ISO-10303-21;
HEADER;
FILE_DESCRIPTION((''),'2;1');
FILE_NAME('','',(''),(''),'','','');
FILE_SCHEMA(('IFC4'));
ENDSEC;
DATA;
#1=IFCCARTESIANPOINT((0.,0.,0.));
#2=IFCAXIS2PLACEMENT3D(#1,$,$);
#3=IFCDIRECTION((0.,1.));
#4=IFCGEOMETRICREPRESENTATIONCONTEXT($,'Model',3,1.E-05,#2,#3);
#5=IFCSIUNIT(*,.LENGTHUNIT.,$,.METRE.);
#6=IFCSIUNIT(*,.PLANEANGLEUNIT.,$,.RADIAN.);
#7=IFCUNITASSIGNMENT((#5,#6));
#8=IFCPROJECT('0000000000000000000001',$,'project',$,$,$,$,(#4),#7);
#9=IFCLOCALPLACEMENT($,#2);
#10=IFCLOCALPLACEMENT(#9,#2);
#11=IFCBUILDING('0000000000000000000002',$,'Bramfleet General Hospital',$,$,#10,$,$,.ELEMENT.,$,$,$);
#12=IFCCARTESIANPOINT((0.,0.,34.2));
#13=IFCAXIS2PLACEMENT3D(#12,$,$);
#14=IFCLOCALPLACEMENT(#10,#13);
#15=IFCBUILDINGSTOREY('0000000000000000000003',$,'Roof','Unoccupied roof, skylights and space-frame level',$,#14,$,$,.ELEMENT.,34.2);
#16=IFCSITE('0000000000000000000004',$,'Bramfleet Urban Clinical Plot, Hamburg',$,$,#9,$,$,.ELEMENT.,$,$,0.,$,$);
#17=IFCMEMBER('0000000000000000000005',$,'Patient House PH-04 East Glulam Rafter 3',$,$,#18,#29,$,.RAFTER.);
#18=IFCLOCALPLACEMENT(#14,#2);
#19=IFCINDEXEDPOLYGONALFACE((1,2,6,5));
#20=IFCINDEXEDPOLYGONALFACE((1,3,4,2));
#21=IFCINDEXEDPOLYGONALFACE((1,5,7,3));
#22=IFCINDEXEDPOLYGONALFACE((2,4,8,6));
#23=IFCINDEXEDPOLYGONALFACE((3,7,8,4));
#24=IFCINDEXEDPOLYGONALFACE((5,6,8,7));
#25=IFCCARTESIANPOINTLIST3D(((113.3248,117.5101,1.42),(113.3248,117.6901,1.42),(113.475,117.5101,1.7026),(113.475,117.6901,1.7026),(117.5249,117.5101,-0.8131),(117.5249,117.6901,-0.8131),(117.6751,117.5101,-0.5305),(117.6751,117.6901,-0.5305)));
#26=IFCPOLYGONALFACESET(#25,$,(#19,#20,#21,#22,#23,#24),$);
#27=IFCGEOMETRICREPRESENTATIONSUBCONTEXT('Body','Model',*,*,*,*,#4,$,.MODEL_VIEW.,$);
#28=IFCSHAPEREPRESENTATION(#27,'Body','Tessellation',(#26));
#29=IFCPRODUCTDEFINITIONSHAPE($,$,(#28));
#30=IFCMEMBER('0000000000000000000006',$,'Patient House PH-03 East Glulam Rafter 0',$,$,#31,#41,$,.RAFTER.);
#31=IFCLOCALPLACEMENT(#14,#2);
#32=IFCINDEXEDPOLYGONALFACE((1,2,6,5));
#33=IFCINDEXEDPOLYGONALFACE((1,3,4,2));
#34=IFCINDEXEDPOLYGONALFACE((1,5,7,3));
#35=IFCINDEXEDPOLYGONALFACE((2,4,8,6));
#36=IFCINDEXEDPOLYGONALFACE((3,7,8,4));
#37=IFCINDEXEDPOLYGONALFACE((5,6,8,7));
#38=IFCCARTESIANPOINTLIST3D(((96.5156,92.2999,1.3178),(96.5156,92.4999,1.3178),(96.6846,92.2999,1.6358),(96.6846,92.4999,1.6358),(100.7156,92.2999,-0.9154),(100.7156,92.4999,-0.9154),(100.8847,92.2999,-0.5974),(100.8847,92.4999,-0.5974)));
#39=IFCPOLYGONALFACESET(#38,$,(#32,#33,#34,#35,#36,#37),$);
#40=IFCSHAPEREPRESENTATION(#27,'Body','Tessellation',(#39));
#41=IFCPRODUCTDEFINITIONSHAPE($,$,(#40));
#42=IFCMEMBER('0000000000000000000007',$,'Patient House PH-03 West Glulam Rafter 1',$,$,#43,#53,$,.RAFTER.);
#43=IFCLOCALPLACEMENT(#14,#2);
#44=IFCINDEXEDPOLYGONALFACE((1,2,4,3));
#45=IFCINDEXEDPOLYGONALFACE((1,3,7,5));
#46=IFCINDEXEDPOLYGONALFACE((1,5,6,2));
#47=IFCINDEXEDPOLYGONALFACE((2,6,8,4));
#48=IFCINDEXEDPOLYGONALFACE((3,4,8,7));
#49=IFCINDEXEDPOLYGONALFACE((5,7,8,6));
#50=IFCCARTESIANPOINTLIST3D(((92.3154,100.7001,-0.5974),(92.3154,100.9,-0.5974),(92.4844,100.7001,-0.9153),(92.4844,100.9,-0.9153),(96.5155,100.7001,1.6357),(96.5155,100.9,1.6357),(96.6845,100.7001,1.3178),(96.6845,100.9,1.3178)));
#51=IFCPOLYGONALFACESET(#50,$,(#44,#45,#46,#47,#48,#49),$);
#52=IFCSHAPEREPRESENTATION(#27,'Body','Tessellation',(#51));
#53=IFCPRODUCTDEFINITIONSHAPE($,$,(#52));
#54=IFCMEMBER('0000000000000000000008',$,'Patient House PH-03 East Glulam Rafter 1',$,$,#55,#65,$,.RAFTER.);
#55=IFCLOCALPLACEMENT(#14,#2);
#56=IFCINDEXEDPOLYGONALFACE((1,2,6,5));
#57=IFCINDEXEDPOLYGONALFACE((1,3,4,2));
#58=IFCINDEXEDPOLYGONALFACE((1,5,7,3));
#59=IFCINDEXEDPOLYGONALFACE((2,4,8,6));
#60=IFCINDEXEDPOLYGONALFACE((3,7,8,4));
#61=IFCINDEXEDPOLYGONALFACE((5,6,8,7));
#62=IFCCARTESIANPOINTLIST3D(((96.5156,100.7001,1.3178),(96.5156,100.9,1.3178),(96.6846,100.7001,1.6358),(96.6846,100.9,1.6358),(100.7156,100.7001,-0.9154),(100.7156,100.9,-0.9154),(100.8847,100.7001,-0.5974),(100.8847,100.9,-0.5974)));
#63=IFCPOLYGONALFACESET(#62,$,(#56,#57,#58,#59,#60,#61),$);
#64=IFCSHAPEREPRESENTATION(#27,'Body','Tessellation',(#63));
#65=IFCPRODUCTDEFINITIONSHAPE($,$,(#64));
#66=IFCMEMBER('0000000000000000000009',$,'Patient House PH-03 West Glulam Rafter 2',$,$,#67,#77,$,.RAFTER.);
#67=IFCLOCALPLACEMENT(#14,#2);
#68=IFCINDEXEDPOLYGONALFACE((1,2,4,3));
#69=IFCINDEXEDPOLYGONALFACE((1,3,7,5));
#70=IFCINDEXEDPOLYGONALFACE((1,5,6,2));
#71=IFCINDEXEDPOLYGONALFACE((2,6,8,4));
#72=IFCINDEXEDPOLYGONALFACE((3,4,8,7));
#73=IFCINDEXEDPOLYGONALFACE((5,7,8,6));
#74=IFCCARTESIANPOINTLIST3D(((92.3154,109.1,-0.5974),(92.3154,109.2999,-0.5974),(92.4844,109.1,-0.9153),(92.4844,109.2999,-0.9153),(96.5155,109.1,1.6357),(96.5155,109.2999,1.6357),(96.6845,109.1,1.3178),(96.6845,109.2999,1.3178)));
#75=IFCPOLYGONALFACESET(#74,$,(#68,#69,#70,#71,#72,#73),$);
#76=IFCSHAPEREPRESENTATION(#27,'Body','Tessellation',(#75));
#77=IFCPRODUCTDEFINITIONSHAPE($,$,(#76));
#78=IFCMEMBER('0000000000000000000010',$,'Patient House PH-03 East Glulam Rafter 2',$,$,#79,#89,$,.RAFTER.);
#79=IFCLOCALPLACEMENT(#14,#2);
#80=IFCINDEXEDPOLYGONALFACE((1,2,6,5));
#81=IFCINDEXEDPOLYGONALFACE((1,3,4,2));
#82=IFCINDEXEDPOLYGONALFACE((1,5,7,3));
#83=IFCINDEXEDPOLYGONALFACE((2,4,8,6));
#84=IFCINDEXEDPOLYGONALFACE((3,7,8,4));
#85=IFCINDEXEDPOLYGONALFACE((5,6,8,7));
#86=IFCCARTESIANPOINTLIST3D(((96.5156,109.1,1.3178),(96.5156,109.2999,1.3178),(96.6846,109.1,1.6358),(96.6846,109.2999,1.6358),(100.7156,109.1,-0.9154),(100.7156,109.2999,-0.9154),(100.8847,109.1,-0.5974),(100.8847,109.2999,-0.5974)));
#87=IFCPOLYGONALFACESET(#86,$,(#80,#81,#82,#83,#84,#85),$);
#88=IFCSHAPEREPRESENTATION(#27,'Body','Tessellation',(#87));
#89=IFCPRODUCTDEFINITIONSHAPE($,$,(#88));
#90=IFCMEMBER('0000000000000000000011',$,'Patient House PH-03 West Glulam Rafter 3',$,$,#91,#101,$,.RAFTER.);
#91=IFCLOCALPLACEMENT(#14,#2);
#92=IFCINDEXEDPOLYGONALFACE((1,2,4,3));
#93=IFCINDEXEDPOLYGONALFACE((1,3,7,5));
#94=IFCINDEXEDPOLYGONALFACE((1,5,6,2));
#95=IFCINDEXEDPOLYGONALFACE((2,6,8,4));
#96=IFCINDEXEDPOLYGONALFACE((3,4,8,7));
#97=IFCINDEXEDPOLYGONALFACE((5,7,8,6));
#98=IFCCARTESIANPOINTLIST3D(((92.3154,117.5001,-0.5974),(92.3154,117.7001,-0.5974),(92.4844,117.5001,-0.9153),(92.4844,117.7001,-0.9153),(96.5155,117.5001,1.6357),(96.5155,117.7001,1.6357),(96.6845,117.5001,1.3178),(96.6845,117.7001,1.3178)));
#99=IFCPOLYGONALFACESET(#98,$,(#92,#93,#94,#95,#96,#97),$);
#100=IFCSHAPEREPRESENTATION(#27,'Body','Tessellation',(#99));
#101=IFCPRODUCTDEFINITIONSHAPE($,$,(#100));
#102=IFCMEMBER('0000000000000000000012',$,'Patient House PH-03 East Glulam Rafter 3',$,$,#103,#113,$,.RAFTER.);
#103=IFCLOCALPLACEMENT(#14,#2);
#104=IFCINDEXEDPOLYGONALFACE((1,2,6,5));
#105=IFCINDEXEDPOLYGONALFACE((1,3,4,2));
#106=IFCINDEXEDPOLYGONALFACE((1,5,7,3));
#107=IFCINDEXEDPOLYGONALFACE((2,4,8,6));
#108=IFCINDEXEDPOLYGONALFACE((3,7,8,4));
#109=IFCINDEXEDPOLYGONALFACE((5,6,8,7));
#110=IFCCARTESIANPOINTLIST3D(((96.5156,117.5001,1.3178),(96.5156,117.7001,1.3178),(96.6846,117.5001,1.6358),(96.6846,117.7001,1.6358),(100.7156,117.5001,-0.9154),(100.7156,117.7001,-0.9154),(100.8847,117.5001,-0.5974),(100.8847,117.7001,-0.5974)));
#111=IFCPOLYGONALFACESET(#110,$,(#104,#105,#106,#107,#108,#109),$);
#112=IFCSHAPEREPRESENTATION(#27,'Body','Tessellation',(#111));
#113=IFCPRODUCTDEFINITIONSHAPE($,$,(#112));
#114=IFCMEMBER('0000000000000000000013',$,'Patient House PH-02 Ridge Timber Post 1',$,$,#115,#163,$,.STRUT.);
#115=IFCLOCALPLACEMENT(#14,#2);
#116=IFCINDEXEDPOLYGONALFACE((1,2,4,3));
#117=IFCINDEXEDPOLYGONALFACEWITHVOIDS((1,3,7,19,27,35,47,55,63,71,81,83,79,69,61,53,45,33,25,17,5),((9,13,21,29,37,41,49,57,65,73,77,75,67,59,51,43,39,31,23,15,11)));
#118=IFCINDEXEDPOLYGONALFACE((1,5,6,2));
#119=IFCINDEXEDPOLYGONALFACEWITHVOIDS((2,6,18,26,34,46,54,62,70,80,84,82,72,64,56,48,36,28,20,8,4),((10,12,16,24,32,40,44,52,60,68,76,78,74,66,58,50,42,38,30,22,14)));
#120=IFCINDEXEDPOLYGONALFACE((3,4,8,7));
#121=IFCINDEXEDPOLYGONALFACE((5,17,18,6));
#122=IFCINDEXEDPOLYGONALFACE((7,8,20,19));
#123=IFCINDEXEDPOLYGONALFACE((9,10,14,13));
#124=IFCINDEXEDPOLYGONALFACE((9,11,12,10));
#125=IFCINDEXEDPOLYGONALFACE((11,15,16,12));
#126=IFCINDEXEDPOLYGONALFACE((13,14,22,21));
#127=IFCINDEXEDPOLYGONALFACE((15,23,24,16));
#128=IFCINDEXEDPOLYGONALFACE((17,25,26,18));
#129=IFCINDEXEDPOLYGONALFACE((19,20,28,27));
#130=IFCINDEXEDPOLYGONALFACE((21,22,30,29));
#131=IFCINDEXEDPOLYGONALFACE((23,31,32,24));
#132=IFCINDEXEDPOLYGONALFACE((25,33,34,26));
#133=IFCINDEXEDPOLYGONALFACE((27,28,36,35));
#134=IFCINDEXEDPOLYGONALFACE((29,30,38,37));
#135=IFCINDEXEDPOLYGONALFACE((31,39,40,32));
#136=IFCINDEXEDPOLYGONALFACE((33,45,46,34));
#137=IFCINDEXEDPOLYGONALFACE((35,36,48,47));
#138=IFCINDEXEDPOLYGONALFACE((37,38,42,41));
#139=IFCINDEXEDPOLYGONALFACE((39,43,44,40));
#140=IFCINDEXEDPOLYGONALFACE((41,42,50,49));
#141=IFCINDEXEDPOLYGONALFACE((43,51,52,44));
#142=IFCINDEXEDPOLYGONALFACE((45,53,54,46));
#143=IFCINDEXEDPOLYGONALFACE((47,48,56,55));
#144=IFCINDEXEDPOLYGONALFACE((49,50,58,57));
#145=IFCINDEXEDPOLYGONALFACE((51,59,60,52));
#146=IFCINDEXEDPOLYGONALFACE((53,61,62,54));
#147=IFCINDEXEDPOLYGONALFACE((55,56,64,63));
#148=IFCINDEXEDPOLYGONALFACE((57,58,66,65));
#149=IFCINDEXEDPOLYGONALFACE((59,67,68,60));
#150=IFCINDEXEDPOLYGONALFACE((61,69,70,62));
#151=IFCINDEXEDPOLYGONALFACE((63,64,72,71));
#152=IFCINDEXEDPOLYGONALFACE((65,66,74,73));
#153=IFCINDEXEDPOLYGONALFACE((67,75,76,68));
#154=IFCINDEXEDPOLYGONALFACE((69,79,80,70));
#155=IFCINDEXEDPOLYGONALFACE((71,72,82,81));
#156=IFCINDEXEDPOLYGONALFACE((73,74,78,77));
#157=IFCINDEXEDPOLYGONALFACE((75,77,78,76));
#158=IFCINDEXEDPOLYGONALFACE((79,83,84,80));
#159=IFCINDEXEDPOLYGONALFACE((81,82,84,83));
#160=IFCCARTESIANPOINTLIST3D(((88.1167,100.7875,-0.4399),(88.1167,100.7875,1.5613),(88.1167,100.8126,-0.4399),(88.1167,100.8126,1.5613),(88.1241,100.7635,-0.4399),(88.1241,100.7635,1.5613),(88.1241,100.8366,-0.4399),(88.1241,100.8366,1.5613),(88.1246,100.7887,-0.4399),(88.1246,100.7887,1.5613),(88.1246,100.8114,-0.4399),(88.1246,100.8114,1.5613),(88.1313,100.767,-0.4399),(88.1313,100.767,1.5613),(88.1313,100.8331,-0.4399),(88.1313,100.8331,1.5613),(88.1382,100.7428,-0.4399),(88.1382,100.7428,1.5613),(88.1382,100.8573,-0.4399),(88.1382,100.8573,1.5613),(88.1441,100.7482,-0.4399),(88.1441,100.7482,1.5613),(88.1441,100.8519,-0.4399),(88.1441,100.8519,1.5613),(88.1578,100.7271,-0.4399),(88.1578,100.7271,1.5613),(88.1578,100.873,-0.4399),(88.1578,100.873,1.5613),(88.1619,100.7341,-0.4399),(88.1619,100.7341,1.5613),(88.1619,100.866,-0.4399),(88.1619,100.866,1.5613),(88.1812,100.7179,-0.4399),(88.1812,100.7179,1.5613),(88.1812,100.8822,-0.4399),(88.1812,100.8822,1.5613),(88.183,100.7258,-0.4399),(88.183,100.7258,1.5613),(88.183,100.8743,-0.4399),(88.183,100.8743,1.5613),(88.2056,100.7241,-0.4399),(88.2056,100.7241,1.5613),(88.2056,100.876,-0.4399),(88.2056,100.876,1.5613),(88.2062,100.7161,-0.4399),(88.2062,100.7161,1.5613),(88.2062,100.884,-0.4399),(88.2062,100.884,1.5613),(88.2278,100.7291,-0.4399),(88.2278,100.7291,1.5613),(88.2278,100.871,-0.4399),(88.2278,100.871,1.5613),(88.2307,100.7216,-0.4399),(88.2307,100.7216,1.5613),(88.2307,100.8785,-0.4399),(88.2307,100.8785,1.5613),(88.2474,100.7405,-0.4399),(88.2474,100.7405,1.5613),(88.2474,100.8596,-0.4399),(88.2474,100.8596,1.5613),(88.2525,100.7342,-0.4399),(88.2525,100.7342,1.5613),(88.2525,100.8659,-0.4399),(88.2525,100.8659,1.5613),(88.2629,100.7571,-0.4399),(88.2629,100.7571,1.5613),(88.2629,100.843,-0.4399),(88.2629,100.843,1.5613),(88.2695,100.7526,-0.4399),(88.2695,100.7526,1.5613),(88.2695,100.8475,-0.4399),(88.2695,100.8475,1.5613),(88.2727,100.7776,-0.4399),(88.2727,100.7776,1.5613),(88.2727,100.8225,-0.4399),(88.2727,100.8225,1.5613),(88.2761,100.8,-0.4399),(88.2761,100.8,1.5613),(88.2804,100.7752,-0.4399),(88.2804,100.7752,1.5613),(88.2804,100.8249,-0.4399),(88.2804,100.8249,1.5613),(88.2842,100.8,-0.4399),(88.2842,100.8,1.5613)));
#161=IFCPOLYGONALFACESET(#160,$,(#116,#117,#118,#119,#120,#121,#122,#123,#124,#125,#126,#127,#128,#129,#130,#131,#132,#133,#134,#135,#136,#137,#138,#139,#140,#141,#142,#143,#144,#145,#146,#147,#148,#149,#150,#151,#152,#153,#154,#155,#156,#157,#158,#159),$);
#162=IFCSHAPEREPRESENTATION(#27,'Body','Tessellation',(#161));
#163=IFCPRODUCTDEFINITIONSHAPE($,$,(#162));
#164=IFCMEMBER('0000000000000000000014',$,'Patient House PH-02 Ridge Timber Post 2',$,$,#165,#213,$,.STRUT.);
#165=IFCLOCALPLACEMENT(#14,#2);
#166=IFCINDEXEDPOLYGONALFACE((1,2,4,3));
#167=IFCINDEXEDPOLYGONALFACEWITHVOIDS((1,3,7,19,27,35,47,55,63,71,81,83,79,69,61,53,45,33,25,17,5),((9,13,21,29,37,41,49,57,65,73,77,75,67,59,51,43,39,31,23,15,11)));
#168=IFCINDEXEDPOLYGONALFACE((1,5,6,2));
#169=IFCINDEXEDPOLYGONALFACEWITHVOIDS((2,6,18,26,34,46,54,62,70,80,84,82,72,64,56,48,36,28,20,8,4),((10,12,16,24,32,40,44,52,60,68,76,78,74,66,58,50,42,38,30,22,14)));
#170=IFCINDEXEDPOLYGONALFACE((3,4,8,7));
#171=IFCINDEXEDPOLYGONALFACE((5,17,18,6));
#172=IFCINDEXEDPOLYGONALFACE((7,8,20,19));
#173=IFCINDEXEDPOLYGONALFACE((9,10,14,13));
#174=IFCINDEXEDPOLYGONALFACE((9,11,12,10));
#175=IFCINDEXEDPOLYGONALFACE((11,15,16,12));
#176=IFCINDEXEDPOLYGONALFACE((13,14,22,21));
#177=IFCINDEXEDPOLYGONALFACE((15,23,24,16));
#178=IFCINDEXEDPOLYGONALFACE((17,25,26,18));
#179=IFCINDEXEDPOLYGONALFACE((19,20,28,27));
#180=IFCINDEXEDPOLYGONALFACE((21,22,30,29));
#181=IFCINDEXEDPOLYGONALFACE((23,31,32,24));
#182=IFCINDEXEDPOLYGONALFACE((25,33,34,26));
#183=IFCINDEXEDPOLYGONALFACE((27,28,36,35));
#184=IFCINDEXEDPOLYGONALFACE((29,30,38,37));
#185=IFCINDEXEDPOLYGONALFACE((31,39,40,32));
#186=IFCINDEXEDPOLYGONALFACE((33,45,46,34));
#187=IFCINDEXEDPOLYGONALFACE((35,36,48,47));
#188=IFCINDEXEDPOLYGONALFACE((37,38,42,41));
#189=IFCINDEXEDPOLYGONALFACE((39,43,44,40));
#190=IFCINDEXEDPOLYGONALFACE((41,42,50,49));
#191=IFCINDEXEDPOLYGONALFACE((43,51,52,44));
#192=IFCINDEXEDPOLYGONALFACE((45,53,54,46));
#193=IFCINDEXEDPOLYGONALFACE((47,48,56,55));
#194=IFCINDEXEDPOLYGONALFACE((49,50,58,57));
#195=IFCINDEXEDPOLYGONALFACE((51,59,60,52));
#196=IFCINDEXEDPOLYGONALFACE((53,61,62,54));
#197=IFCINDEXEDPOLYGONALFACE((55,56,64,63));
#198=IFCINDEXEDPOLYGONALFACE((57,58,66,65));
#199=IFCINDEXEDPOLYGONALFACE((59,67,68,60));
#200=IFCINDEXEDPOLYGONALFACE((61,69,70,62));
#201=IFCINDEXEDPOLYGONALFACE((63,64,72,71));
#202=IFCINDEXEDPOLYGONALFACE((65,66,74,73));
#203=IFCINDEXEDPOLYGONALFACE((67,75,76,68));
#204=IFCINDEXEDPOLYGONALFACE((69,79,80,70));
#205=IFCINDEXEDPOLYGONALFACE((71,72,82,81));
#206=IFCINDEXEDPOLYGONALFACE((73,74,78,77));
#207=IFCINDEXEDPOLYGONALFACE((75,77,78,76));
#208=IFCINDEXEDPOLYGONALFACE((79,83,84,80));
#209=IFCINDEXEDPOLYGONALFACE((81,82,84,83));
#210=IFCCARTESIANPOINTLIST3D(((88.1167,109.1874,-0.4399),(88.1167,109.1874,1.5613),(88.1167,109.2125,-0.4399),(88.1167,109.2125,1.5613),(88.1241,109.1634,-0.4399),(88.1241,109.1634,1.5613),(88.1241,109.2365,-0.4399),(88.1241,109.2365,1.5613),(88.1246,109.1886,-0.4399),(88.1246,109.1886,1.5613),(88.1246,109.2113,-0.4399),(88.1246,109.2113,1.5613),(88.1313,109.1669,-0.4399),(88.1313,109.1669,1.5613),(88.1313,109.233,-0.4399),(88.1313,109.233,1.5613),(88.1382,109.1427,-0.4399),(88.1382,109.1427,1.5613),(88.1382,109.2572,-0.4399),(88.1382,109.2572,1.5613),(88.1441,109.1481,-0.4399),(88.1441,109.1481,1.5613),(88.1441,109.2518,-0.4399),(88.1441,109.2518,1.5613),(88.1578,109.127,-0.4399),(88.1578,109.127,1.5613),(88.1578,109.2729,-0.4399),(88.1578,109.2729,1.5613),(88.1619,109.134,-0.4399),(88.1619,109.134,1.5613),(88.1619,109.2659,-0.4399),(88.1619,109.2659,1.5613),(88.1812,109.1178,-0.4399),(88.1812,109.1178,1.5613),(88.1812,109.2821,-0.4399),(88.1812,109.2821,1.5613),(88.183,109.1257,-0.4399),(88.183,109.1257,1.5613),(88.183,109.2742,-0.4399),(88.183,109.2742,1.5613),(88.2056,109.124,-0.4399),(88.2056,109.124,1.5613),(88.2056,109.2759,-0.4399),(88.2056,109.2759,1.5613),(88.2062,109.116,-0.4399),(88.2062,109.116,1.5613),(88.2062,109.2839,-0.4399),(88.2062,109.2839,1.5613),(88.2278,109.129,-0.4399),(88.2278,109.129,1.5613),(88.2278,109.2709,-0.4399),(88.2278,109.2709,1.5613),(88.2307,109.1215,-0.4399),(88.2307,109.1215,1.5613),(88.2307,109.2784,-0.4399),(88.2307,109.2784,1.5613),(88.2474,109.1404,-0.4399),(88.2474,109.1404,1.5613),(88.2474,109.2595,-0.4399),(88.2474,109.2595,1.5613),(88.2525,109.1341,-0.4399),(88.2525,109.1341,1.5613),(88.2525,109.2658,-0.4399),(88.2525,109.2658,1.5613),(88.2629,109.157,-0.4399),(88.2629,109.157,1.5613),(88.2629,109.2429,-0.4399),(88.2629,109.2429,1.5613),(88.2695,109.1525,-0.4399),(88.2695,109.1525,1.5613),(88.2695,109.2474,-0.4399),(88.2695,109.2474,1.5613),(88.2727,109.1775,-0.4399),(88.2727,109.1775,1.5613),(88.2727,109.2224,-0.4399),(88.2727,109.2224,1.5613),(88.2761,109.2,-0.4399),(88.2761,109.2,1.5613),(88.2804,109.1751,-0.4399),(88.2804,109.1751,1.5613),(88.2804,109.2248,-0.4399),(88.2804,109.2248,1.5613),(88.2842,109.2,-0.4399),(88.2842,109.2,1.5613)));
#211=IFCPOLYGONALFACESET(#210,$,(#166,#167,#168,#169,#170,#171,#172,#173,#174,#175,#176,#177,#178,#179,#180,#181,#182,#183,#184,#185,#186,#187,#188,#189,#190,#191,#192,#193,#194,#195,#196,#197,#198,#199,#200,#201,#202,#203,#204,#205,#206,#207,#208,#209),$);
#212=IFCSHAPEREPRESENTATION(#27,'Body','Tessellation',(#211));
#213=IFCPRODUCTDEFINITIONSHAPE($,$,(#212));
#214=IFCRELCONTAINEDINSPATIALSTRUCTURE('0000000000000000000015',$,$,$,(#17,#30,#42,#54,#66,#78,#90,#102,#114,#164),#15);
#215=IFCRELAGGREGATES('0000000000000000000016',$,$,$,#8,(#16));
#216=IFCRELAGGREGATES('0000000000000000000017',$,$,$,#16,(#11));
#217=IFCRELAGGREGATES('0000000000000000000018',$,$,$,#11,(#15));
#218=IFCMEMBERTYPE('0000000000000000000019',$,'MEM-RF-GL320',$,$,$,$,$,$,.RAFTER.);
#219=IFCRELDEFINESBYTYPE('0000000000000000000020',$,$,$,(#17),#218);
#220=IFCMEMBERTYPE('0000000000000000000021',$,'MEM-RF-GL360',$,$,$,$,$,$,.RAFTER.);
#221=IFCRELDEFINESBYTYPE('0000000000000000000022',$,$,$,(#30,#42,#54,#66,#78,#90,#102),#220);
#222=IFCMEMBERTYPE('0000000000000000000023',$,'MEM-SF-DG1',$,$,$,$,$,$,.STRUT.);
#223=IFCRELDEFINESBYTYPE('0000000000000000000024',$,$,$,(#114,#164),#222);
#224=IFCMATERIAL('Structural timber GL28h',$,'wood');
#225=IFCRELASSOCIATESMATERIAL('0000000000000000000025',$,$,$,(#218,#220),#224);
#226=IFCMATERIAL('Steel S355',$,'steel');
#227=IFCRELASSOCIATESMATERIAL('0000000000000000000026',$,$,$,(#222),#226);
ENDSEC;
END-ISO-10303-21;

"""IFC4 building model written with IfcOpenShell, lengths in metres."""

from ifc_helpers import new_model, si_unit, direction, frame, origin, origin_2d, place, context, subcontext, project, spatial, rectangle, hollow_circle, extrude, material, material_profile, profile_set, type_object, element, save


model = new_model("IFC4")

# Units and contexts
model_context = context("Model", 3, precision=1e-05, world=origin(), true_north=direction((0.0, 1.0)))
body_context = subcontext(model_context, "Body", "Model", "MODEL_VIEW")
ifc_project = project(units=[si_unit("LENGTHUNIT", "METRE"), si_unit("PLANEANGLEUNIT", "RADIAN")], contexts=[model_context])

# Site, building, storey
site_placement = place(None, origin())
site = spatial("IfcSite", under=ifc_project, at=site_placement, Name="Bramfleet Urban Clinical Plot, Hamburg", CompositionType="ELEMENT", RefElevation=0.0)
building_placement = place(site_placement, origin())
building = spatial("IfcBuilding", under=site, at=building_placement, Name="Bramfleet General Hospital", CompositionType="ELEMENT")
storey_placement = place(building_placement, frame((0.0, 0.0, 34.2)))
storey = spatial("IfcBuildingStorey", under=building, at=storey_placement, Name="Roof", Description="Unoccupied roof, skylights and space-frame level", CompositionType="ELEMENT", Elevation=34.2)

# Shared definitions
ifc_material_1 = material(Name="Structural timber GL28h", Category="wood")

# Members
ifc_material_profile_1 = material_profile(ifc_material_1, rectangle(XDim=0.1799, YDim=0.3201, at=origin_2d()), Name="GL28h 320x180")
ifc_profile_set_1 = profile_set([ifc_material_profile_1], Name="Structural timber GL28h")
member_type_1 = type_object("IfcMemberType", Name="MEM-RF-GL320", PredefinedType="RAFTER", material=ifc_profile_set_1)
for number, where, z_axis, x_axis, name in (
    (1, (113.3999, 117.6001, 1.5613), (0.882959, 0.0, -0.46945), (0.0, 1.0, 0.0), "Patient House PH-04 East Glulam Rafter 3"),
):
    element("IfcMember", number, at=place(storey_placement, frame(where, z_axis=z_axis, x_axis=x_axis)), inside=storey, type_object=member_type_1, Name=name, PredefinedType="RAFTER", context=body_context, shape_type="SweptSolid", body=[
        extrude(rectangle(XDim=0.1799, YDim=0.3201, at=origin_2d()), origin(), (0.0, 0.0, 1.0), 4.7568),
    ])
ifc_material_profile_2 = material_profile(ifc_material_1, rectangle(XDim=0.2, YDim=0.3601, at=origin_2d()), Name="GL28h 360x200")
ifc_profile_set_2 = profile_set([ifc_material_profile_2], Name="Structural timber GL28h")
member_type_2 = type_object("IfcMemberType", Name="MEM-RF-GL360", PredefinedType="RAFTER", material=ifc_profile_set_2)
for number, where, z_axis, x_axis, name in (
    (2, (96.6001, 92.3999, 1.4768), (0.882948, 0.0, -0.469472), (0.0, 1.0, 0.0), "Patient House PH-03 East Glulam Rafter 0"),
    (3, (92.3999, 100.8, -0.7563), (0.882959, 0.0, 0.46945), (0.0, 1.0, 0.0), "Patient House PH-03 West Glulam Rafter 1"),
    (4, (96.6001, 100.8, 1.4768), (0.882948, 0.0, -0.469472), (0.0, 1.0, 0.0), "Patient House PH-03 East Glulam Rafter 1"),
    (5, (92.3999, 109.2, -0.7563), (0.882959, 0.0, 0.46945), (0.0, 1.0, 0.0), "Patient House PH-03 West Glulam Rafter 2"),
    (6, (96.6001, 109.2, 1.4768), (0.882948, 0.0, -0.469472), (0.0, 1.0, 0.0), "Patient House PH-03 East Glulam Rafter 2"),
    (7, (92.3999, 117.6001, -0.7563), (0.882959, 0.0, 0.46945), (0.0, 1.0, 0.0), "Patient House PH-03 West Glulam Rafter 3"),
    (8, (96.6001, 117.6001, 1.4768), (0.882948, 0.0, -0.469472), (0.0, 1.0, 0.0), "Patient House PH-03 East Glulam Rafter 3"),
):
    element("IfcMember", number, at=place(storey_placement, frame(where, z_axis=z_axis, x_axis=x_axis)), inside=storey, type_object=member_type_2, Name=name, PredefinedType="RAFTER", context=body_context, shape_type="SweptSolid", body=[
        extrude(rectangle(XDim=0.2, YDim=0.3601, at=origin_2d()), origin(), (0.0, 0.0, 1.0), 4.7568),
    ])
ifc_material_2 = material(Name="Steel S355", Category="steel")
ifc_material_profile_3 = material_profile(ifc_material_2, hollow_circle(Radius=0.0842, WallThickness=0.0081, at=origin_2d()), Name="CHS 168.3x8.0")
ifc_profile_set_3 = profile_set([ifc_material_profile_3], Name="Steel S355")
member_type_3 = type_object("IfcMemberType", Name="MEM-SF-DG1", PredefinedType="STRUT", material=ifc_profile_set_3)
for number, where, z_axis, x_axis, name in (
    (9, (88.2, 100.8, -0.4399), (0.0, 0.0, 1.0), (1.0, 0.0, 0.0), "Patient House PH-02 Ridge Timber Post 1"),
    (10, (88.2, 109.2, -0.4399), (0.0, 0.0, 1.0), (1.0, 0.0, 0.0), "Patient House PH-02 Ridge Timber Post 2"),
):
    element("IfcMember", number, at=place(storey_placement, frame(where, z_axis=z_axis, x_axis=x_axis)), inside=storey, type_object=member_type_3, Name=name, PredefinedType="STRUT", context=body_context, shape_type="SweptSolid", body=[
        extrude(hollow_circle(Radius=0.0842, WallThickness=0.0081, at=origin_2d()), origin(), (0.0, 0.0, 1.0), 2.0012),
    ])

save(model, "model.ifc")
